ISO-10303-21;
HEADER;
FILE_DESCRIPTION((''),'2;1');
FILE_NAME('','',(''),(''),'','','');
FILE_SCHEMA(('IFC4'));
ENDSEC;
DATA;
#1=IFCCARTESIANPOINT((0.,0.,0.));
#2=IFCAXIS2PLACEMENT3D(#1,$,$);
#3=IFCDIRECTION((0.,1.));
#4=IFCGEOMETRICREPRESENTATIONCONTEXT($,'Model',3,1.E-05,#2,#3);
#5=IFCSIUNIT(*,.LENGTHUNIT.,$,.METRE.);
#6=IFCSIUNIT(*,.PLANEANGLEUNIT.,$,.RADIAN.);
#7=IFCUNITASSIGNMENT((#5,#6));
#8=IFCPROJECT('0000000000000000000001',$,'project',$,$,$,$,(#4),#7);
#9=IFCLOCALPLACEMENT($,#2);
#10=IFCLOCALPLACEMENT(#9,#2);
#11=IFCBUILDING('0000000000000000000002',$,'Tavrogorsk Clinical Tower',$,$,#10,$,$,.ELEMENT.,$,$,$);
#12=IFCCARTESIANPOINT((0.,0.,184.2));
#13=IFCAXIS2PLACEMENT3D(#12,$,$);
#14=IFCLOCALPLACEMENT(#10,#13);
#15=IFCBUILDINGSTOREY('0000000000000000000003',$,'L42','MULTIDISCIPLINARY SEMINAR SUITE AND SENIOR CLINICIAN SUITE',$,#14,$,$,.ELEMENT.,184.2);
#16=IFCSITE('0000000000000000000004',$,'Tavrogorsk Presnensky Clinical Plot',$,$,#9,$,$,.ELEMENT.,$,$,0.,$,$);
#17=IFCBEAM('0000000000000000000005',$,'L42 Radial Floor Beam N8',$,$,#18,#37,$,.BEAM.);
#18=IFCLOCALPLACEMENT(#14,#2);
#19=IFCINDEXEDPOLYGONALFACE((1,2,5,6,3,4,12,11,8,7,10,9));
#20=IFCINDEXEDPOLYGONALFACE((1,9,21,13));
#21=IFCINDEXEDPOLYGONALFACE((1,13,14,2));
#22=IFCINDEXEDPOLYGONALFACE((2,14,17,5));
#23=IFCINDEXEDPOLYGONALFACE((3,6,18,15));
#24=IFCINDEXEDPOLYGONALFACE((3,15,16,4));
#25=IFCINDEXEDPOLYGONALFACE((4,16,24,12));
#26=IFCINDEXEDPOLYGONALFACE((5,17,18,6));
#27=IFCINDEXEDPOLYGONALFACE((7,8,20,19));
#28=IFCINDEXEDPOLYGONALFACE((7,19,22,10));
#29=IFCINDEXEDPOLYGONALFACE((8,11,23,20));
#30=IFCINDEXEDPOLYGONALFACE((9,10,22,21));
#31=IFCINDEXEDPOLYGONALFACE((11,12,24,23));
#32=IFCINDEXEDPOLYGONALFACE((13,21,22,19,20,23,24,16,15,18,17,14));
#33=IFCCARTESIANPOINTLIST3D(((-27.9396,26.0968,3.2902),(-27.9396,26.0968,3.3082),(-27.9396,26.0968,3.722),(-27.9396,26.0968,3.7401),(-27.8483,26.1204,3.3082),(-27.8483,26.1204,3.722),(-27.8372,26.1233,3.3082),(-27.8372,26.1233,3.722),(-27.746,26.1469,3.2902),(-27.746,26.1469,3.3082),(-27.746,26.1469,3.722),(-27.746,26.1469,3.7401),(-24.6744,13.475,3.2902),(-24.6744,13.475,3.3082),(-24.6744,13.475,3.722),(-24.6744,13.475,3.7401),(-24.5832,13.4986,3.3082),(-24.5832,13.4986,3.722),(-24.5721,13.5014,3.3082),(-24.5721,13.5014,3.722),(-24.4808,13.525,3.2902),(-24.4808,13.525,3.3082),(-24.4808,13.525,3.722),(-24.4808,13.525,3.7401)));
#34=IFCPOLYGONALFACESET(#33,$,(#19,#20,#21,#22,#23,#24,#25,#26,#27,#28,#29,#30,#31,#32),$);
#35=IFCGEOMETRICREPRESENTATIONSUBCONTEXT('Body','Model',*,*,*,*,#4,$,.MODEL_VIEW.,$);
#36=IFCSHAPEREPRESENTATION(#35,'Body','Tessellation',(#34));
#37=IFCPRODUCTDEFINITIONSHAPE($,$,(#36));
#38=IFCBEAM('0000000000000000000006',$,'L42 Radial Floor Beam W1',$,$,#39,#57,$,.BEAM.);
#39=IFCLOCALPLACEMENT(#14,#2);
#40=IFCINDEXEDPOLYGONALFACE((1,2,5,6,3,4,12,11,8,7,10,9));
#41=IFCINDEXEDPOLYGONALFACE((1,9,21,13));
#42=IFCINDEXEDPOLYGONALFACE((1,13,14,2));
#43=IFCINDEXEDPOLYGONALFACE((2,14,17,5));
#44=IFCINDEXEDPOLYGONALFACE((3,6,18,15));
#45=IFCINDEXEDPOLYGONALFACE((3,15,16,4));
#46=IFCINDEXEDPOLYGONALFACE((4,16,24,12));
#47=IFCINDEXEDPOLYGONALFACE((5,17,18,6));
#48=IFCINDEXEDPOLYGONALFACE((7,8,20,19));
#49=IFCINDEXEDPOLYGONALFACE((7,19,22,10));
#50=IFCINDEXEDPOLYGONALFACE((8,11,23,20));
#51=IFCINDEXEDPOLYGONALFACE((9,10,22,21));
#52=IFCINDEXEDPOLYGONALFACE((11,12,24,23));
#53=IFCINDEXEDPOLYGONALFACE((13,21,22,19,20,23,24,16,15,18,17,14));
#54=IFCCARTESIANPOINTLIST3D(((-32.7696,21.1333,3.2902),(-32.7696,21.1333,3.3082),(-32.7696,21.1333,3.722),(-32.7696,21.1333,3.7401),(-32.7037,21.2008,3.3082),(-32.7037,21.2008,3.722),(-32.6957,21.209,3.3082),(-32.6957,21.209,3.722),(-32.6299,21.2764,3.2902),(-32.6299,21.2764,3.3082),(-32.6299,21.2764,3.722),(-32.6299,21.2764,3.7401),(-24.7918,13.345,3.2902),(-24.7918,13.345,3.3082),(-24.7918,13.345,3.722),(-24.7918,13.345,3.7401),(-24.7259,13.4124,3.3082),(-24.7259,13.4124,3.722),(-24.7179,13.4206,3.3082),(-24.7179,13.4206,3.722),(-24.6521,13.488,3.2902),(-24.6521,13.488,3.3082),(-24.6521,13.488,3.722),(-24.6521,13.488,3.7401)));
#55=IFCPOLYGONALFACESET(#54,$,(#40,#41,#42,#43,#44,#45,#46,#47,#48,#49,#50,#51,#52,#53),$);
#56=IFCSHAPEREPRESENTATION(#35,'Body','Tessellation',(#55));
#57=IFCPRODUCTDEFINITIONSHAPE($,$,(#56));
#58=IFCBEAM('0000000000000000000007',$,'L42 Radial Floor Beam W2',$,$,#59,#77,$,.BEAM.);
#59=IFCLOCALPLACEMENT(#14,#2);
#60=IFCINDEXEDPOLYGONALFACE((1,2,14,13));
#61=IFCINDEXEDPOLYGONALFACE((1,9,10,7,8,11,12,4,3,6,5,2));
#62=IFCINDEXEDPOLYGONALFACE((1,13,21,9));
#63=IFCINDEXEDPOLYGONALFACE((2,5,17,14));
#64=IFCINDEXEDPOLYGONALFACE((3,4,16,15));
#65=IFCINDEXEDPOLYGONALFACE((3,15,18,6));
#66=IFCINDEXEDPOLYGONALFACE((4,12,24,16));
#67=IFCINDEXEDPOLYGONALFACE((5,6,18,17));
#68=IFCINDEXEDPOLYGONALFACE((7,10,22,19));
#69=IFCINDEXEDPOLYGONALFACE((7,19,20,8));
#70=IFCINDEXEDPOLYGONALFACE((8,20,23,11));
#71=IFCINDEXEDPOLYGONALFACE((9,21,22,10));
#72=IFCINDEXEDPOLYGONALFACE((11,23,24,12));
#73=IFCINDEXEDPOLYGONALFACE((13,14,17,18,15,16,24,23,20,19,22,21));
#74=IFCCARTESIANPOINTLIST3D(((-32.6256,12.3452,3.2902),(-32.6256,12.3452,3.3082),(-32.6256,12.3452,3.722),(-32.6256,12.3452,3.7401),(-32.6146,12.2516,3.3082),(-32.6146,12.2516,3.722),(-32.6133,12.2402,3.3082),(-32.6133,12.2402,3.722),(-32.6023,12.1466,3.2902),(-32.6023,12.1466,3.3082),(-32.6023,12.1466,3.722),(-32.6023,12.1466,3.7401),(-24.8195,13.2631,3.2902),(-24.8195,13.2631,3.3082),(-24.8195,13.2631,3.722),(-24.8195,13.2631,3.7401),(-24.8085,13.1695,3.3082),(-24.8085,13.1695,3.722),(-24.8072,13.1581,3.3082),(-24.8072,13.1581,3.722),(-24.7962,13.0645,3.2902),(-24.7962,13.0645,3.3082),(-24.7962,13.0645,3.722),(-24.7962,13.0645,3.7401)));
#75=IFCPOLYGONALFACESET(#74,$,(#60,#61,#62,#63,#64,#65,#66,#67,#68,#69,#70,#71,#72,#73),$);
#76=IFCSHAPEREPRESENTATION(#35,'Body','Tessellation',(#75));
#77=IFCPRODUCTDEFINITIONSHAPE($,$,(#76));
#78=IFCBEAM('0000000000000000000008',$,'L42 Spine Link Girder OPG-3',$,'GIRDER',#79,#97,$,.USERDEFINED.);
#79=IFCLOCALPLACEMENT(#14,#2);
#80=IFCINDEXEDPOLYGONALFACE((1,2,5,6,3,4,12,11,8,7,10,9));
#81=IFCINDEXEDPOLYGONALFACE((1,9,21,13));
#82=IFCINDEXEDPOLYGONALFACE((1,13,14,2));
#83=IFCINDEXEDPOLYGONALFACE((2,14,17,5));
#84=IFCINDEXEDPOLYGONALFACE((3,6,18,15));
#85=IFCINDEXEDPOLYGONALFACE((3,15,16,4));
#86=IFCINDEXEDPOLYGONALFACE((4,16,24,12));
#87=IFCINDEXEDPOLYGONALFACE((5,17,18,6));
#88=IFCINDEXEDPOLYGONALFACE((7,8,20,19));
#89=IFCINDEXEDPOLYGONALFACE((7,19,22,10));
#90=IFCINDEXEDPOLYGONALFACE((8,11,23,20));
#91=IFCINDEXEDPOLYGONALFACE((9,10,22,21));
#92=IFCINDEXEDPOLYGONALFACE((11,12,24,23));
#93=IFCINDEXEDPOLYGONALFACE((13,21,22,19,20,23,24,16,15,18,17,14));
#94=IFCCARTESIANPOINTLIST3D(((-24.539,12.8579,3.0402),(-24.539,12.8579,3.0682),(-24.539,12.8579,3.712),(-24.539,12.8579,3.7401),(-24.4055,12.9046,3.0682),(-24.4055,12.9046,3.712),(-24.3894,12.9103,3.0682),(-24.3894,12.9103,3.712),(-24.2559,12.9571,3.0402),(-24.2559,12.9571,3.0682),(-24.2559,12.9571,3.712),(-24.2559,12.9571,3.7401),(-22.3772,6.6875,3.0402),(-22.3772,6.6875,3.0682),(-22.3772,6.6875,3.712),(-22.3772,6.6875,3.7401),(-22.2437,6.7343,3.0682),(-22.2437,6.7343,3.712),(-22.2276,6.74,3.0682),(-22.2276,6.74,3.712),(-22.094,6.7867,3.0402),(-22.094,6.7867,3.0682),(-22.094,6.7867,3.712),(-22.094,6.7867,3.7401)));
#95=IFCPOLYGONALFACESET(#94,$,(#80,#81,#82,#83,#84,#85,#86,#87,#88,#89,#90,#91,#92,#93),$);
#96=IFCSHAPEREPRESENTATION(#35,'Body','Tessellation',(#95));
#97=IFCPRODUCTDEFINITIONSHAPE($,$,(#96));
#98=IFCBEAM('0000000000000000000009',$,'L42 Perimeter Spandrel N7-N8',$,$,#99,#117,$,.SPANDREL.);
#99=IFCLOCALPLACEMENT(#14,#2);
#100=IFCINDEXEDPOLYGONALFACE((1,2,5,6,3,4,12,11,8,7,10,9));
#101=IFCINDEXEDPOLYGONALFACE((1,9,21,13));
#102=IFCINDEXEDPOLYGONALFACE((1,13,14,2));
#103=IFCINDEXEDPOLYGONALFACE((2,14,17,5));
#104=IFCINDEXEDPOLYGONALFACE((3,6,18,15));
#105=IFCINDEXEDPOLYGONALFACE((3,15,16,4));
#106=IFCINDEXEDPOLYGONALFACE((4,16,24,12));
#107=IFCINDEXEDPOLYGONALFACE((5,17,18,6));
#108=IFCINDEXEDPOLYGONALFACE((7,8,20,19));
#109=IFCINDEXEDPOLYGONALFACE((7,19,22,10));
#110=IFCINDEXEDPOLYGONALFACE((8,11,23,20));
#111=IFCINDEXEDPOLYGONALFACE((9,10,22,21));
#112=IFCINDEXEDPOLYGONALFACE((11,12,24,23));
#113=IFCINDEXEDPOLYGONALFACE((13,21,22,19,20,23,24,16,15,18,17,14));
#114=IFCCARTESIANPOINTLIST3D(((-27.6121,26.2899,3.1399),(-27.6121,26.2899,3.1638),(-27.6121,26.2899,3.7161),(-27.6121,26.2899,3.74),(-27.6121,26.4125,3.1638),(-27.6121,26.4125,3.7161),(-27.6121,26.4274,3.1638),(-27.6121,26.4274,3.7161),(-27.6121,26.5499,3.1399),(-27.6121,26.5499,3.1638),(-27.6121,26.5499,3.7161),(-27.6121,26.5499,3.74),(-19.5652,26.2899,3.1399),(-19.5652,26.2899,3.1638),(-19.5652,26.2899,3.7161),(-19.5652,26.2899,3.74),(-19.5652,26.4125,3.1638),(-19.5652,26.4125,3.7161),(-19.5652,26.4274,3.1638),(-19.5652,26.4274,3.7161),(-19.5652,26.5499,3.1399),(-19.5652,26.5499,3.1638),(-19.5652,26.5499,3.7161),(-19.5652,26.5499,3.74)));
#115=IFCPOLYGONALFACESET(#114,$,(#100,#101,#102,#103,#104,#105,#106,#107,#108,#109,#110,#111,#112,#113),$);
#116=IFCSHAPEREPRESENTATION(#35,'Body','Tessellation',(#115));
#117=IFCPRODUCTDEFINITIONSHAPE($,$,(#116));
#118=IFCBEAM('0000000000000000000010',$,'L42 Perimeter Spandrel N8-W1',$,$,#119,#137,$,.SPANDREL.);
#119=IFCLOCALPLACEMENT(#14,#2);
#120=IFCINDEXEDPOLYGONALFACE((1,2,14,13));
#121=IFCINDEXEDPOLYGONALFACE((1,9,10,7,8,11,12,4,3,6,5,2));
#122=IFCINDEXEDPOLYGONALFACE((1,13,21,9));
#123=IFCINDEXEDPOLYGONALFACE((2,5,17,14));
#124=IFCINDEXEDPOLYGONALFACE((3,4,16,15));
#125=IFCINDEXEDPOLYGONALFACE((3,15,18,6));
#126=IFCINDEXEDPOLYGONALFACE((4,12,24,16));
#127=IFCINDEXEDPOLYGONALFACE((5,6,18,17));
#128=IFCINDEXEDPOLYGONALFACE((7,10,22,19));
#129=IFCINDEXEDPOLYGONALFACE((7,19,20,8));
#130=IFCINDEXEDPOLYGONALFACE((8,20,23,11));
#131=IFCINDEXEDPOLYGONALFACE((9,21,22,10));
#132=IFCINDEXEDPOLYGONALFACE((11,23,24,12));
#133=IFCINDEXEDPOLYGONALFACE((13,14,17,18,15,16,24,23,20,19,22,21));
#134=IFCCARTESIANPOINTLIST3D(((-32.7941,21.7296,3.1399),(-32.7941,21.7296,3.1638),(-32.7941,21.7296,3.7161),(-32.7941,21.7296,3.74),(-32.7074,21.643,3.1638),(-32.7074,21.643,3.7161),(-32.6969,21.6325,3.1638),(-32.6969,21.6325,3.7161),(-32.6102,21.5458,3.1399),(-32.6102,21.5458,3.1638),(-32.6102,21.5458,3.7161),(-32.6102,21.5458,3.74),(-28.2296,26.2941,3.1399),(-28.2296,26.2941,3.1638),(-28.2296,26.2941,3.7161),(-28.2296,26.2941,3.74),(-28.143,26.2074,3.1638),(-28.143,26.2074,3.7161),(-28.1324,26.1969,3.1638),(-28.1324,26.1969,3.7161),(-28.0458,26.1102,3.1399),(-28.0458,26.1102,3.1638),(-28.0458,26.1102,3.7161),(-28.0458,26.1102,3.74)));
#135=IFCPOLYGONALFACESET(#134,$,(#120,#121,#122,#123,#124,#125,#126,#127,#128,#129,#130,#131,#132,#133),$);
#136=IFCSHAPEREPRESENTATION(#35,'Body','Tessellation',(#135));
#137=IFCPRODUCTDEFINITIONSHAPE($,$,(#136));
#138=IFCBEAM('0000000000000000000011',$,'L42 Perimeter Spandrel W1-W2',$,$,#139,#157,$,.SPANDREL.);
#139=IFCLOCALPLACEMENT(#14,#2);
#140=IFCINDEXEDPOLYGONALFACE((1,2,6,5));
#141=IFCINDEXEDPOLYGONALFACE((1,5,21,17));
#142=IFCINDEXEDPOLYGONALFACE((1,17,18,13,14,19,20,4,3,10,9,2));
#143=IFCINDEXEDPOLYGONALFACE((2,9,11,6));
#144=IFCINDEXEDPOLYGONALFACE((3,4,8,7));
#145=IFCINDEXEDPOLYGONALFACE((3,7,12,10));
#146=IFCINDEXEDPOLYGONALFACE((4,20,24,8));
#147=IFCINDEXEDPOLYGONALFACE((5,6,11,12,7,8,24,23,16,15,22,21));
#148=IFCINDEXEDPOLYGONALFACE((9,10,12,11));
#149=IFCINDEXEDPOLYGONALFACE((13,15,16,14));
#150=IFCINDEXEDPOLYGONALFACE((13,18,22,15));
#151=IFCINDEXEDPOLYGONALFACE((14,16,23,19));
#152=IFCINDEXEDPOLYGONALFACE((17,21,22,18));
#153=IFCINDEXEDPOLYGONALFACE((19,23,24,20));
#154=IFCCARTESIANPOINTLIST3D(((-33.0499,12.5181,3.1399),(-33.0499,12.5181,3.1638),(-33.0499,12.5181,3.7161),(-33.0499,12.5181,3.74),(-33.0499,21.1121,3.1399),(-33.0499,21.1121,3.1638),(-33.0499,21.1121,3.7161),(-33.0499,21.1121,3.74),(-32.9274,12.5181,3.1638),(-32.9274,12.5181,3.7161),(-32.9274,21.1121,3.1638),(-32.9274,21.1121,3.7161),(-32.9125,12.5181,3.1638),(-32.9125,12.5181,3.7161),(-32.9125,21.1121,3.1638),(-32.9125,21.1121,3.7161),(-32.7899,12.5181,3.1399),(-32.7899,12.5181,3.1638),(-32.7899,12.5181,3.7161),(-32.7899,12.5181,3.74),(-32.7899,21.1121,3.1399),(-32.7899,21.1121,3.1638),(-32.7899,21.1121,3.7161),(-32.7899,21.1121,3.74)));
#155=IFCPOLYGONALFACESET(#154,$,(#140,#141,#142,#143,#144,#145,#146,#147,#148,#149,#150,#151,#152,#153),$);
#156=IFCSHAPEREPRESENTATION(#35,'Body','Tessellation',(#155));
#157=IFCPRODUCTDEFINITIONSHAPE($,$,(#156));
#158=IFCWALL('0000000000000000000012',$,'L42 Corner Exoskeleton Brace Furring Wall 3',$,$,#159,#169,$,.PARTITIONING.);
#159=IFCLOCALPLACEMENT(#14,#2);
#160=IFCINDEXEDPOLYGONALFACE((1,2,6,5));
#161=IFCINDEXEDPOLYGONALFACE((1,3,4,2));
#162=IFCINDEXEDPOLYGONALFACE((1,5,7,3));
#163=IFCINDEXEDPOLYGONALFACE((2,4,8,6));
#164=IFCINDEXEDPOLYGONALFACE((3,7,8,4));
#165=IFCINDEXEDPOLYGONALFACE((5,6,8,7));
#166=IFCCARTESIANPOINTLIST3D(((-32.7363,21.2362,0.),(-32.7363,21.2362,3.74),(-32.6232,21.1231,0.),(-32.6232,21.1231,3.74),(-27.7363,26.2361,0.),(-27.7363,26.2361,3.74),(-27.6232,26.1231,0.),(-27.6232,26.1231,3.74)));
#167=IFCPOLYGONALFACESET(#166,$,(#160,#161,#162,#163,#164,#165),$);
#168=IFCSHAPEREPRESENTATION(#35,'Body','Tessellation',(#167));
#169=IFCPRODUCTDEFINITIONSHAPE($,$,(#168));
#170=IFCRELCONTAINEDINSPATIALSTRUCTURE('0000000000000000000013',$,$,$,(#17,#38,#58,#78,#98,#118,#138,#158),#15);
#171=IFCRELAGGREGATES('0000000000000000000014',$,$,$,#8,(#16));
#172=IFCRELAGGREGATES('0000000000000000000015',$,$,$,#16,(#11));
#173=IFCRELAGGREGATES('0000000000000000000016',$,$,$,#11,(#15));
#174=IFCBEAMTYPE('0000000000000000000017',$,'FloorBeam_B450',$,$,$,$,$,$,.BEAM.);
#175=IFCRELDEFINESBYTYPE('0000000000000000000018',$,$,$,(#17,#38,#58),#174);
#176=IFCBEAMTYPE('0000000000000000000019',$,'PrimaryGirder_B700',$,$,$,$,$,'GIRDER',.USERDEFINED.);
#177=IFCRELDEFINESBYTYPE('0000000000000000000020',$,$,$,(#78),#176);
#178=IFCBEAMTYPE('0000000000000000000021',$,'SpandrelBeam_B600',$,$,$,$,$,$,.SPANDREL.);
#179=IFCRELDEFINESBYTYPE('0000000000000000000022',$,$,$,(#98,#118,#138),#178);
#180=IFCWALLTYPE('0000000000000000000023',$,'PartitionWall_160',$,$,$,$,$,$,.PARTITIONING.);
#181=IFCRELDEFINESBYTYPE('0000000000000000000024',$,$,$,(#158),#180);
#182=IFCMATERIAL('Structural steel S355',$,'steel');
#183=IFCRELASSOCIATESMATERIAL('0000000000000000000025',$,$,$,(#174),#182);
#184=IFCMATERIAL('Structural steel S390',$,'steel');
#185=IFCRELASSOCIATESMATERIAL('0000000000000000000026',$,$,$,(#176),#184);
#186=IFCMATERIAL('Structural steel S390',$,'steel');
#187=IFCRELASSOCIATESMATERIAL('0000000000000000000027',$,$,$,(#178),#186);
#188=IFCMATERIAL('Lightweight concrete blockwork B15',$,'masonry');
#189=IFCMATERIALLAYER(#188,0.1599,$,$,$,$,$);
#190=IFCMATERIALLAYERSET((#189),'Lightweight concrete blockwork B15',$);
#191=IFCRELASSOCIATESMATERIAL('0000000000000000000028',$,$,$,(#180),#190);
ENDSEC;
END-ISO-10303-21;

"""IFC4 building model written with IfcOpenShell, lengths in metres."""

from ifc_helpers import new_model, si_unit, direction, frame, frame_2d, origin, origin_2d, place, context, subcontext, project, spatial, rectangle, i_section, extrude, material, layer, layer_set, material_profile, profile_set, type_object, element, save


model = new_model("IFC4")

# Units and contexts
model_context = context("Model", 3, precision=1e-05, world=origin(), true_north=direction((0.0, 1.0)))
body_context = subcontext(model_context, "Body", "Model", "MODEL_VIEW")
ifc_project = project(units=[si_unit("LENGTHUNIT", "METRE"), si_unit("PLANEANGLEUNIT", "RADIAN")], contexts=[model_context])

# Site, building, storey
site_placement = place(None, origin())
site = spatial("IfcSite", under=ifc_project, at=site_placement, Name="Tavrogorsk Presnensky Clinical Plot", CompositionType="ELEMENT", RefElevation=0.0)
building_placement = place(site_placement, origin())
building = spatial("IfcBuilding", under=site, at=building_placement, Name="Tavrogorsk Clinical Tower", CompositionType="ELEMENT")
storey_placement = place(building_placement, frame((0.0, 0.0, 184.2)))
storey = spatial("IfcBuildingStorey", under=building, at=storey_placement, Name="L42", Description="MULTIDISCIPLINARY SEMINAR SUITE AND SENIOR CLINICIAN SUITE", CompositionType="ELEMENT", Elevation=184.2)

# Beams
ifc_material_1 = material(Name="Structural steel S355", Category="steel")
ifc_material_profile_1 = material_profile(ifc_material_1, i_section(OverallWidth=0.2, OverallDepth=0.45, WebThickness=0.0115, FlangeThickness=0.0181, at=origin_2d()), Name="B-450x200x11.5x18")
ifc_profile_set_1 = profile_set([ifc_material_profile_1], Name="Structural steel S355")
beam_type_1 = type_object("IfcBeamType", Name="FloorBeam_B450", PredefinedType="BEAM", material=ifc_profile_set_1)
beam_1_placement = place(storey_placement, frame((-24.5776, 13.5, 3.5151), z_axis=(-0.250445, 0.968131, 0.0), x_axis=(-0.968131, -0.250445, 0.0)))
element("IfcBeam", 1, at=beam_1_placement, inside=storey, type_object=beam_type_1, Name="L42 Radial Floor Beam N8", PredefinedType="BEAM", context=body_context, shape_type="SweptSolid", body=[
    extrude(i_section(OverallWidth=0.2, OverallDepth=0.45, WebThickness=0.0115, FlangeThickness=0.0181, at=origin_2d()), origin(), (0.0, 0.0, 1.0), 13.0374),
])
beam_2_placement = place(storey_placement, frame((-24.7219, 13.4165, 3.5151), z_axis=(-0.715552, 0.698559, 0.0), x_axis=(-0.698559, -0.715552, 0.0)))
element("IfcBeam", 2, at=beam_2_placement, inside=storey, type_object=beam_type_1, Name="L42 Radial Floor Beam W1", PredefinedType="BEAM", context=body_context, shape_type="SweptSolid", body=[
    extrude(i_section(OverallWidth=0.2, OverallDepth=0.45, WebThickness=0.0115, FlangeThickness=0.0181, at=origin_2d()), origin(), (0.0, 0.0, 1.0), 11.1492),
])
beam_3_placement = place(storey_placement, frame((-24.8079, 13.1638, 3.5151), z_axis=(-0.993157, -0.116791, 0.0), x_axis=(0.116791, -0.993157, 0.0)))
element("IfcBeam", 3, at=beam_3_placement, inside=storey, type_object=beam_type_1, Name="L42 Radial Floor Beam W2", PredefinedType="BEAM", context=body_context, shape_type="SweptSolid", body=[
    extrude(i_section(OverallWidth=0.2, OverallDepth=0.45, WebThickness=0.0115, FlangeThickness=0.0181, at=origin_2d()), origin(), (0.0, 0.0, 1.0), 7.8599),
])
ifc_material_2 = material(Name="Structural steel S390", Category="steel")
ifc_material_profile_2 = material_profile(ifc_material_2, i_section(OverallWidth=0.3, OverallDepth=0.7, WebThickness=0.0171, FlangeThickness=0.0281, at=origin_2d()), Name="B-700x300x17x28")
ifc_profile_set_2 = profile_set([ifc_material_profile_2], Name="Structural steel S390")
beam_type_2 = type_object("IfcBeamType", Name="PrimaryGirder_B700", ElementType="GIRDER", PredefinedType="USERDEFINED", material=ifc_profile_set_2)
beam_4_placement = place(storey_placement, frame((-24.3975, 12.9075, 3.3901), z_axis=(0.330653, -0.943752, 0.0), x_axis=(0.943752, 0.330653, 0.0)))
element("IfcBeam", 4, at=beam_4_placement, inside=storey, type_object=beam_type_2, Name="L42 Spine Link Girder OPG-3", ObjectType="GIRDER", PredefinedType="USERDEFINED", context=body_context, shape_type="SweptSolid", body=[
    extrude(i_section(OverallWidth=0.3, OverallDepth=0.7, WebThickness=0.0171, FlangeThickness=0.0281, at=origin_2d()), origin(), (0.0, 0.0, 1.0), 6.5381),
])
ifc_material_3 = material(Name="Structural steel S390", Category="steel")
ifc_material_profile_3 = material_profile(ifc_material_3, i_section(OverallWidth=0.26, OverallDepth=0.6001, WebThickness=0.0149, FlangeThickness=0.0239, at=origin_2d()), Name="B-600x260x15x24")
ifc_profile_set_3 = profile_set([ifc_material_profile_3], Name="Structural steel S390")
beam_type_3 = type_object("IfcBeamType", Name="SpandrelBeam_B600", PredefinedType="SPANDREL", material=ifc_profile_set_3)
beam_5_placement = place(storey_placement, frame((-19.5652, 26.4199, 3.4399), z_axis=(-1.0, 0.0, 0.0), x_axis=(0.0, -1.0, 0.0)))
element("IfcBeam", 5, at=beam_5_placement, inside=storey, type_object=beam_type_3, Name="L42 Perimeter Spandrel N7-N8", PredefinedType="SPANDREL", context=body_context, shape_type="SweptSolid", body=[
    extrude(i_section(OverallWidth=0.26, OverallDepth=0.6001, WebThickness=0.0149, FlangeThickness=0.0239, at=origin_2d()), origin(), (0.0, 0.0, 1.0), 8.0469),
])
beam_6_placement = place(storey_placement, frame((-28.1377, 26.2021, 3.4399), z_axis=(-0.707107, -0.707107, 0.0), x_axis=(0.707107, -0.707107, 0.0)))
element("IfcBeam", 6, at=beam_6_placement, inside=storey, type_object=beam_type_3, Name="L42 Perimeter Spandrel N8-W1", PredefinedType="SPANDREL", context=body_context, shape_type="SweptSolid", body=[
    extrude(i_section(OverallWidth=0.26, OverallDepth=0.6001, WebThickness=0.0149, FlangeThickness=0.0239, at=origin_2d()), origin(), (0.0, 0.0, 1.0), 6.4551),
])
beam_7_placement = place(storey_placement, frame((-32.9199, 21.1121, 3.4399), z_axis=(0.0, -1.0, 0.0), x_axis=(1.0, 0.0, 0.0)))
element("IfcBeam", 7, at=beam_7_placement, inside=storey, type_object=beam_type_3, Name="L42 Perimeter Spandrel W1-W2", PredefinedType="SPANDREL", context=body_context, shape_type="SweptSolid", body=[
    extrude(i_section(OverallWidth=0.26, OverallDepth=0.6001, WebThickness=0.0149, FlangeThickness=0.0239, at=origin_2d()), origin(), (0.0, 0.0, 1.0), 8.594),
])

# Wall
ifc_material_4 = material(Name="Lightweight concrete blockwork B15", Category="masonry")
ifc_layer_1 = layer(ifc_material_4, 0.1599)
ifc_layer_set_1 = layer_set([ifc_layer_1], Name="Lightweight concrete blockwork B15")
wall_type_1 = type_object("IfcWallType", Name="PartitionWall_160", PredefinedType="PARTITIONING", material=ifc_layer_set_1)
wall_1_placement = place(storey_placement, frame((-27.6797, 26.1797, 0.0), z_axis=(0.0, 0.0, 1.0), x_axis=(-0.707107, -0.707107, 0.0)))
element("IfcWall", 8, at=wall_1_placement, inside=storey, type_object=wall_type_1, Name="L42 Corner Exoskeleton Brace Furring Wall 3", PredefinedType="PARTITIONING", context=body_context, shape_type="SweptSolid", body=[
    extrude(rectangle(XDim=7.071, YDim=0.1599, at=frame_2d((3.5356, 0.0))), origin(), (0.0, 0.0, 1.0), 3.74),
])

save(model, "model.ifc")
